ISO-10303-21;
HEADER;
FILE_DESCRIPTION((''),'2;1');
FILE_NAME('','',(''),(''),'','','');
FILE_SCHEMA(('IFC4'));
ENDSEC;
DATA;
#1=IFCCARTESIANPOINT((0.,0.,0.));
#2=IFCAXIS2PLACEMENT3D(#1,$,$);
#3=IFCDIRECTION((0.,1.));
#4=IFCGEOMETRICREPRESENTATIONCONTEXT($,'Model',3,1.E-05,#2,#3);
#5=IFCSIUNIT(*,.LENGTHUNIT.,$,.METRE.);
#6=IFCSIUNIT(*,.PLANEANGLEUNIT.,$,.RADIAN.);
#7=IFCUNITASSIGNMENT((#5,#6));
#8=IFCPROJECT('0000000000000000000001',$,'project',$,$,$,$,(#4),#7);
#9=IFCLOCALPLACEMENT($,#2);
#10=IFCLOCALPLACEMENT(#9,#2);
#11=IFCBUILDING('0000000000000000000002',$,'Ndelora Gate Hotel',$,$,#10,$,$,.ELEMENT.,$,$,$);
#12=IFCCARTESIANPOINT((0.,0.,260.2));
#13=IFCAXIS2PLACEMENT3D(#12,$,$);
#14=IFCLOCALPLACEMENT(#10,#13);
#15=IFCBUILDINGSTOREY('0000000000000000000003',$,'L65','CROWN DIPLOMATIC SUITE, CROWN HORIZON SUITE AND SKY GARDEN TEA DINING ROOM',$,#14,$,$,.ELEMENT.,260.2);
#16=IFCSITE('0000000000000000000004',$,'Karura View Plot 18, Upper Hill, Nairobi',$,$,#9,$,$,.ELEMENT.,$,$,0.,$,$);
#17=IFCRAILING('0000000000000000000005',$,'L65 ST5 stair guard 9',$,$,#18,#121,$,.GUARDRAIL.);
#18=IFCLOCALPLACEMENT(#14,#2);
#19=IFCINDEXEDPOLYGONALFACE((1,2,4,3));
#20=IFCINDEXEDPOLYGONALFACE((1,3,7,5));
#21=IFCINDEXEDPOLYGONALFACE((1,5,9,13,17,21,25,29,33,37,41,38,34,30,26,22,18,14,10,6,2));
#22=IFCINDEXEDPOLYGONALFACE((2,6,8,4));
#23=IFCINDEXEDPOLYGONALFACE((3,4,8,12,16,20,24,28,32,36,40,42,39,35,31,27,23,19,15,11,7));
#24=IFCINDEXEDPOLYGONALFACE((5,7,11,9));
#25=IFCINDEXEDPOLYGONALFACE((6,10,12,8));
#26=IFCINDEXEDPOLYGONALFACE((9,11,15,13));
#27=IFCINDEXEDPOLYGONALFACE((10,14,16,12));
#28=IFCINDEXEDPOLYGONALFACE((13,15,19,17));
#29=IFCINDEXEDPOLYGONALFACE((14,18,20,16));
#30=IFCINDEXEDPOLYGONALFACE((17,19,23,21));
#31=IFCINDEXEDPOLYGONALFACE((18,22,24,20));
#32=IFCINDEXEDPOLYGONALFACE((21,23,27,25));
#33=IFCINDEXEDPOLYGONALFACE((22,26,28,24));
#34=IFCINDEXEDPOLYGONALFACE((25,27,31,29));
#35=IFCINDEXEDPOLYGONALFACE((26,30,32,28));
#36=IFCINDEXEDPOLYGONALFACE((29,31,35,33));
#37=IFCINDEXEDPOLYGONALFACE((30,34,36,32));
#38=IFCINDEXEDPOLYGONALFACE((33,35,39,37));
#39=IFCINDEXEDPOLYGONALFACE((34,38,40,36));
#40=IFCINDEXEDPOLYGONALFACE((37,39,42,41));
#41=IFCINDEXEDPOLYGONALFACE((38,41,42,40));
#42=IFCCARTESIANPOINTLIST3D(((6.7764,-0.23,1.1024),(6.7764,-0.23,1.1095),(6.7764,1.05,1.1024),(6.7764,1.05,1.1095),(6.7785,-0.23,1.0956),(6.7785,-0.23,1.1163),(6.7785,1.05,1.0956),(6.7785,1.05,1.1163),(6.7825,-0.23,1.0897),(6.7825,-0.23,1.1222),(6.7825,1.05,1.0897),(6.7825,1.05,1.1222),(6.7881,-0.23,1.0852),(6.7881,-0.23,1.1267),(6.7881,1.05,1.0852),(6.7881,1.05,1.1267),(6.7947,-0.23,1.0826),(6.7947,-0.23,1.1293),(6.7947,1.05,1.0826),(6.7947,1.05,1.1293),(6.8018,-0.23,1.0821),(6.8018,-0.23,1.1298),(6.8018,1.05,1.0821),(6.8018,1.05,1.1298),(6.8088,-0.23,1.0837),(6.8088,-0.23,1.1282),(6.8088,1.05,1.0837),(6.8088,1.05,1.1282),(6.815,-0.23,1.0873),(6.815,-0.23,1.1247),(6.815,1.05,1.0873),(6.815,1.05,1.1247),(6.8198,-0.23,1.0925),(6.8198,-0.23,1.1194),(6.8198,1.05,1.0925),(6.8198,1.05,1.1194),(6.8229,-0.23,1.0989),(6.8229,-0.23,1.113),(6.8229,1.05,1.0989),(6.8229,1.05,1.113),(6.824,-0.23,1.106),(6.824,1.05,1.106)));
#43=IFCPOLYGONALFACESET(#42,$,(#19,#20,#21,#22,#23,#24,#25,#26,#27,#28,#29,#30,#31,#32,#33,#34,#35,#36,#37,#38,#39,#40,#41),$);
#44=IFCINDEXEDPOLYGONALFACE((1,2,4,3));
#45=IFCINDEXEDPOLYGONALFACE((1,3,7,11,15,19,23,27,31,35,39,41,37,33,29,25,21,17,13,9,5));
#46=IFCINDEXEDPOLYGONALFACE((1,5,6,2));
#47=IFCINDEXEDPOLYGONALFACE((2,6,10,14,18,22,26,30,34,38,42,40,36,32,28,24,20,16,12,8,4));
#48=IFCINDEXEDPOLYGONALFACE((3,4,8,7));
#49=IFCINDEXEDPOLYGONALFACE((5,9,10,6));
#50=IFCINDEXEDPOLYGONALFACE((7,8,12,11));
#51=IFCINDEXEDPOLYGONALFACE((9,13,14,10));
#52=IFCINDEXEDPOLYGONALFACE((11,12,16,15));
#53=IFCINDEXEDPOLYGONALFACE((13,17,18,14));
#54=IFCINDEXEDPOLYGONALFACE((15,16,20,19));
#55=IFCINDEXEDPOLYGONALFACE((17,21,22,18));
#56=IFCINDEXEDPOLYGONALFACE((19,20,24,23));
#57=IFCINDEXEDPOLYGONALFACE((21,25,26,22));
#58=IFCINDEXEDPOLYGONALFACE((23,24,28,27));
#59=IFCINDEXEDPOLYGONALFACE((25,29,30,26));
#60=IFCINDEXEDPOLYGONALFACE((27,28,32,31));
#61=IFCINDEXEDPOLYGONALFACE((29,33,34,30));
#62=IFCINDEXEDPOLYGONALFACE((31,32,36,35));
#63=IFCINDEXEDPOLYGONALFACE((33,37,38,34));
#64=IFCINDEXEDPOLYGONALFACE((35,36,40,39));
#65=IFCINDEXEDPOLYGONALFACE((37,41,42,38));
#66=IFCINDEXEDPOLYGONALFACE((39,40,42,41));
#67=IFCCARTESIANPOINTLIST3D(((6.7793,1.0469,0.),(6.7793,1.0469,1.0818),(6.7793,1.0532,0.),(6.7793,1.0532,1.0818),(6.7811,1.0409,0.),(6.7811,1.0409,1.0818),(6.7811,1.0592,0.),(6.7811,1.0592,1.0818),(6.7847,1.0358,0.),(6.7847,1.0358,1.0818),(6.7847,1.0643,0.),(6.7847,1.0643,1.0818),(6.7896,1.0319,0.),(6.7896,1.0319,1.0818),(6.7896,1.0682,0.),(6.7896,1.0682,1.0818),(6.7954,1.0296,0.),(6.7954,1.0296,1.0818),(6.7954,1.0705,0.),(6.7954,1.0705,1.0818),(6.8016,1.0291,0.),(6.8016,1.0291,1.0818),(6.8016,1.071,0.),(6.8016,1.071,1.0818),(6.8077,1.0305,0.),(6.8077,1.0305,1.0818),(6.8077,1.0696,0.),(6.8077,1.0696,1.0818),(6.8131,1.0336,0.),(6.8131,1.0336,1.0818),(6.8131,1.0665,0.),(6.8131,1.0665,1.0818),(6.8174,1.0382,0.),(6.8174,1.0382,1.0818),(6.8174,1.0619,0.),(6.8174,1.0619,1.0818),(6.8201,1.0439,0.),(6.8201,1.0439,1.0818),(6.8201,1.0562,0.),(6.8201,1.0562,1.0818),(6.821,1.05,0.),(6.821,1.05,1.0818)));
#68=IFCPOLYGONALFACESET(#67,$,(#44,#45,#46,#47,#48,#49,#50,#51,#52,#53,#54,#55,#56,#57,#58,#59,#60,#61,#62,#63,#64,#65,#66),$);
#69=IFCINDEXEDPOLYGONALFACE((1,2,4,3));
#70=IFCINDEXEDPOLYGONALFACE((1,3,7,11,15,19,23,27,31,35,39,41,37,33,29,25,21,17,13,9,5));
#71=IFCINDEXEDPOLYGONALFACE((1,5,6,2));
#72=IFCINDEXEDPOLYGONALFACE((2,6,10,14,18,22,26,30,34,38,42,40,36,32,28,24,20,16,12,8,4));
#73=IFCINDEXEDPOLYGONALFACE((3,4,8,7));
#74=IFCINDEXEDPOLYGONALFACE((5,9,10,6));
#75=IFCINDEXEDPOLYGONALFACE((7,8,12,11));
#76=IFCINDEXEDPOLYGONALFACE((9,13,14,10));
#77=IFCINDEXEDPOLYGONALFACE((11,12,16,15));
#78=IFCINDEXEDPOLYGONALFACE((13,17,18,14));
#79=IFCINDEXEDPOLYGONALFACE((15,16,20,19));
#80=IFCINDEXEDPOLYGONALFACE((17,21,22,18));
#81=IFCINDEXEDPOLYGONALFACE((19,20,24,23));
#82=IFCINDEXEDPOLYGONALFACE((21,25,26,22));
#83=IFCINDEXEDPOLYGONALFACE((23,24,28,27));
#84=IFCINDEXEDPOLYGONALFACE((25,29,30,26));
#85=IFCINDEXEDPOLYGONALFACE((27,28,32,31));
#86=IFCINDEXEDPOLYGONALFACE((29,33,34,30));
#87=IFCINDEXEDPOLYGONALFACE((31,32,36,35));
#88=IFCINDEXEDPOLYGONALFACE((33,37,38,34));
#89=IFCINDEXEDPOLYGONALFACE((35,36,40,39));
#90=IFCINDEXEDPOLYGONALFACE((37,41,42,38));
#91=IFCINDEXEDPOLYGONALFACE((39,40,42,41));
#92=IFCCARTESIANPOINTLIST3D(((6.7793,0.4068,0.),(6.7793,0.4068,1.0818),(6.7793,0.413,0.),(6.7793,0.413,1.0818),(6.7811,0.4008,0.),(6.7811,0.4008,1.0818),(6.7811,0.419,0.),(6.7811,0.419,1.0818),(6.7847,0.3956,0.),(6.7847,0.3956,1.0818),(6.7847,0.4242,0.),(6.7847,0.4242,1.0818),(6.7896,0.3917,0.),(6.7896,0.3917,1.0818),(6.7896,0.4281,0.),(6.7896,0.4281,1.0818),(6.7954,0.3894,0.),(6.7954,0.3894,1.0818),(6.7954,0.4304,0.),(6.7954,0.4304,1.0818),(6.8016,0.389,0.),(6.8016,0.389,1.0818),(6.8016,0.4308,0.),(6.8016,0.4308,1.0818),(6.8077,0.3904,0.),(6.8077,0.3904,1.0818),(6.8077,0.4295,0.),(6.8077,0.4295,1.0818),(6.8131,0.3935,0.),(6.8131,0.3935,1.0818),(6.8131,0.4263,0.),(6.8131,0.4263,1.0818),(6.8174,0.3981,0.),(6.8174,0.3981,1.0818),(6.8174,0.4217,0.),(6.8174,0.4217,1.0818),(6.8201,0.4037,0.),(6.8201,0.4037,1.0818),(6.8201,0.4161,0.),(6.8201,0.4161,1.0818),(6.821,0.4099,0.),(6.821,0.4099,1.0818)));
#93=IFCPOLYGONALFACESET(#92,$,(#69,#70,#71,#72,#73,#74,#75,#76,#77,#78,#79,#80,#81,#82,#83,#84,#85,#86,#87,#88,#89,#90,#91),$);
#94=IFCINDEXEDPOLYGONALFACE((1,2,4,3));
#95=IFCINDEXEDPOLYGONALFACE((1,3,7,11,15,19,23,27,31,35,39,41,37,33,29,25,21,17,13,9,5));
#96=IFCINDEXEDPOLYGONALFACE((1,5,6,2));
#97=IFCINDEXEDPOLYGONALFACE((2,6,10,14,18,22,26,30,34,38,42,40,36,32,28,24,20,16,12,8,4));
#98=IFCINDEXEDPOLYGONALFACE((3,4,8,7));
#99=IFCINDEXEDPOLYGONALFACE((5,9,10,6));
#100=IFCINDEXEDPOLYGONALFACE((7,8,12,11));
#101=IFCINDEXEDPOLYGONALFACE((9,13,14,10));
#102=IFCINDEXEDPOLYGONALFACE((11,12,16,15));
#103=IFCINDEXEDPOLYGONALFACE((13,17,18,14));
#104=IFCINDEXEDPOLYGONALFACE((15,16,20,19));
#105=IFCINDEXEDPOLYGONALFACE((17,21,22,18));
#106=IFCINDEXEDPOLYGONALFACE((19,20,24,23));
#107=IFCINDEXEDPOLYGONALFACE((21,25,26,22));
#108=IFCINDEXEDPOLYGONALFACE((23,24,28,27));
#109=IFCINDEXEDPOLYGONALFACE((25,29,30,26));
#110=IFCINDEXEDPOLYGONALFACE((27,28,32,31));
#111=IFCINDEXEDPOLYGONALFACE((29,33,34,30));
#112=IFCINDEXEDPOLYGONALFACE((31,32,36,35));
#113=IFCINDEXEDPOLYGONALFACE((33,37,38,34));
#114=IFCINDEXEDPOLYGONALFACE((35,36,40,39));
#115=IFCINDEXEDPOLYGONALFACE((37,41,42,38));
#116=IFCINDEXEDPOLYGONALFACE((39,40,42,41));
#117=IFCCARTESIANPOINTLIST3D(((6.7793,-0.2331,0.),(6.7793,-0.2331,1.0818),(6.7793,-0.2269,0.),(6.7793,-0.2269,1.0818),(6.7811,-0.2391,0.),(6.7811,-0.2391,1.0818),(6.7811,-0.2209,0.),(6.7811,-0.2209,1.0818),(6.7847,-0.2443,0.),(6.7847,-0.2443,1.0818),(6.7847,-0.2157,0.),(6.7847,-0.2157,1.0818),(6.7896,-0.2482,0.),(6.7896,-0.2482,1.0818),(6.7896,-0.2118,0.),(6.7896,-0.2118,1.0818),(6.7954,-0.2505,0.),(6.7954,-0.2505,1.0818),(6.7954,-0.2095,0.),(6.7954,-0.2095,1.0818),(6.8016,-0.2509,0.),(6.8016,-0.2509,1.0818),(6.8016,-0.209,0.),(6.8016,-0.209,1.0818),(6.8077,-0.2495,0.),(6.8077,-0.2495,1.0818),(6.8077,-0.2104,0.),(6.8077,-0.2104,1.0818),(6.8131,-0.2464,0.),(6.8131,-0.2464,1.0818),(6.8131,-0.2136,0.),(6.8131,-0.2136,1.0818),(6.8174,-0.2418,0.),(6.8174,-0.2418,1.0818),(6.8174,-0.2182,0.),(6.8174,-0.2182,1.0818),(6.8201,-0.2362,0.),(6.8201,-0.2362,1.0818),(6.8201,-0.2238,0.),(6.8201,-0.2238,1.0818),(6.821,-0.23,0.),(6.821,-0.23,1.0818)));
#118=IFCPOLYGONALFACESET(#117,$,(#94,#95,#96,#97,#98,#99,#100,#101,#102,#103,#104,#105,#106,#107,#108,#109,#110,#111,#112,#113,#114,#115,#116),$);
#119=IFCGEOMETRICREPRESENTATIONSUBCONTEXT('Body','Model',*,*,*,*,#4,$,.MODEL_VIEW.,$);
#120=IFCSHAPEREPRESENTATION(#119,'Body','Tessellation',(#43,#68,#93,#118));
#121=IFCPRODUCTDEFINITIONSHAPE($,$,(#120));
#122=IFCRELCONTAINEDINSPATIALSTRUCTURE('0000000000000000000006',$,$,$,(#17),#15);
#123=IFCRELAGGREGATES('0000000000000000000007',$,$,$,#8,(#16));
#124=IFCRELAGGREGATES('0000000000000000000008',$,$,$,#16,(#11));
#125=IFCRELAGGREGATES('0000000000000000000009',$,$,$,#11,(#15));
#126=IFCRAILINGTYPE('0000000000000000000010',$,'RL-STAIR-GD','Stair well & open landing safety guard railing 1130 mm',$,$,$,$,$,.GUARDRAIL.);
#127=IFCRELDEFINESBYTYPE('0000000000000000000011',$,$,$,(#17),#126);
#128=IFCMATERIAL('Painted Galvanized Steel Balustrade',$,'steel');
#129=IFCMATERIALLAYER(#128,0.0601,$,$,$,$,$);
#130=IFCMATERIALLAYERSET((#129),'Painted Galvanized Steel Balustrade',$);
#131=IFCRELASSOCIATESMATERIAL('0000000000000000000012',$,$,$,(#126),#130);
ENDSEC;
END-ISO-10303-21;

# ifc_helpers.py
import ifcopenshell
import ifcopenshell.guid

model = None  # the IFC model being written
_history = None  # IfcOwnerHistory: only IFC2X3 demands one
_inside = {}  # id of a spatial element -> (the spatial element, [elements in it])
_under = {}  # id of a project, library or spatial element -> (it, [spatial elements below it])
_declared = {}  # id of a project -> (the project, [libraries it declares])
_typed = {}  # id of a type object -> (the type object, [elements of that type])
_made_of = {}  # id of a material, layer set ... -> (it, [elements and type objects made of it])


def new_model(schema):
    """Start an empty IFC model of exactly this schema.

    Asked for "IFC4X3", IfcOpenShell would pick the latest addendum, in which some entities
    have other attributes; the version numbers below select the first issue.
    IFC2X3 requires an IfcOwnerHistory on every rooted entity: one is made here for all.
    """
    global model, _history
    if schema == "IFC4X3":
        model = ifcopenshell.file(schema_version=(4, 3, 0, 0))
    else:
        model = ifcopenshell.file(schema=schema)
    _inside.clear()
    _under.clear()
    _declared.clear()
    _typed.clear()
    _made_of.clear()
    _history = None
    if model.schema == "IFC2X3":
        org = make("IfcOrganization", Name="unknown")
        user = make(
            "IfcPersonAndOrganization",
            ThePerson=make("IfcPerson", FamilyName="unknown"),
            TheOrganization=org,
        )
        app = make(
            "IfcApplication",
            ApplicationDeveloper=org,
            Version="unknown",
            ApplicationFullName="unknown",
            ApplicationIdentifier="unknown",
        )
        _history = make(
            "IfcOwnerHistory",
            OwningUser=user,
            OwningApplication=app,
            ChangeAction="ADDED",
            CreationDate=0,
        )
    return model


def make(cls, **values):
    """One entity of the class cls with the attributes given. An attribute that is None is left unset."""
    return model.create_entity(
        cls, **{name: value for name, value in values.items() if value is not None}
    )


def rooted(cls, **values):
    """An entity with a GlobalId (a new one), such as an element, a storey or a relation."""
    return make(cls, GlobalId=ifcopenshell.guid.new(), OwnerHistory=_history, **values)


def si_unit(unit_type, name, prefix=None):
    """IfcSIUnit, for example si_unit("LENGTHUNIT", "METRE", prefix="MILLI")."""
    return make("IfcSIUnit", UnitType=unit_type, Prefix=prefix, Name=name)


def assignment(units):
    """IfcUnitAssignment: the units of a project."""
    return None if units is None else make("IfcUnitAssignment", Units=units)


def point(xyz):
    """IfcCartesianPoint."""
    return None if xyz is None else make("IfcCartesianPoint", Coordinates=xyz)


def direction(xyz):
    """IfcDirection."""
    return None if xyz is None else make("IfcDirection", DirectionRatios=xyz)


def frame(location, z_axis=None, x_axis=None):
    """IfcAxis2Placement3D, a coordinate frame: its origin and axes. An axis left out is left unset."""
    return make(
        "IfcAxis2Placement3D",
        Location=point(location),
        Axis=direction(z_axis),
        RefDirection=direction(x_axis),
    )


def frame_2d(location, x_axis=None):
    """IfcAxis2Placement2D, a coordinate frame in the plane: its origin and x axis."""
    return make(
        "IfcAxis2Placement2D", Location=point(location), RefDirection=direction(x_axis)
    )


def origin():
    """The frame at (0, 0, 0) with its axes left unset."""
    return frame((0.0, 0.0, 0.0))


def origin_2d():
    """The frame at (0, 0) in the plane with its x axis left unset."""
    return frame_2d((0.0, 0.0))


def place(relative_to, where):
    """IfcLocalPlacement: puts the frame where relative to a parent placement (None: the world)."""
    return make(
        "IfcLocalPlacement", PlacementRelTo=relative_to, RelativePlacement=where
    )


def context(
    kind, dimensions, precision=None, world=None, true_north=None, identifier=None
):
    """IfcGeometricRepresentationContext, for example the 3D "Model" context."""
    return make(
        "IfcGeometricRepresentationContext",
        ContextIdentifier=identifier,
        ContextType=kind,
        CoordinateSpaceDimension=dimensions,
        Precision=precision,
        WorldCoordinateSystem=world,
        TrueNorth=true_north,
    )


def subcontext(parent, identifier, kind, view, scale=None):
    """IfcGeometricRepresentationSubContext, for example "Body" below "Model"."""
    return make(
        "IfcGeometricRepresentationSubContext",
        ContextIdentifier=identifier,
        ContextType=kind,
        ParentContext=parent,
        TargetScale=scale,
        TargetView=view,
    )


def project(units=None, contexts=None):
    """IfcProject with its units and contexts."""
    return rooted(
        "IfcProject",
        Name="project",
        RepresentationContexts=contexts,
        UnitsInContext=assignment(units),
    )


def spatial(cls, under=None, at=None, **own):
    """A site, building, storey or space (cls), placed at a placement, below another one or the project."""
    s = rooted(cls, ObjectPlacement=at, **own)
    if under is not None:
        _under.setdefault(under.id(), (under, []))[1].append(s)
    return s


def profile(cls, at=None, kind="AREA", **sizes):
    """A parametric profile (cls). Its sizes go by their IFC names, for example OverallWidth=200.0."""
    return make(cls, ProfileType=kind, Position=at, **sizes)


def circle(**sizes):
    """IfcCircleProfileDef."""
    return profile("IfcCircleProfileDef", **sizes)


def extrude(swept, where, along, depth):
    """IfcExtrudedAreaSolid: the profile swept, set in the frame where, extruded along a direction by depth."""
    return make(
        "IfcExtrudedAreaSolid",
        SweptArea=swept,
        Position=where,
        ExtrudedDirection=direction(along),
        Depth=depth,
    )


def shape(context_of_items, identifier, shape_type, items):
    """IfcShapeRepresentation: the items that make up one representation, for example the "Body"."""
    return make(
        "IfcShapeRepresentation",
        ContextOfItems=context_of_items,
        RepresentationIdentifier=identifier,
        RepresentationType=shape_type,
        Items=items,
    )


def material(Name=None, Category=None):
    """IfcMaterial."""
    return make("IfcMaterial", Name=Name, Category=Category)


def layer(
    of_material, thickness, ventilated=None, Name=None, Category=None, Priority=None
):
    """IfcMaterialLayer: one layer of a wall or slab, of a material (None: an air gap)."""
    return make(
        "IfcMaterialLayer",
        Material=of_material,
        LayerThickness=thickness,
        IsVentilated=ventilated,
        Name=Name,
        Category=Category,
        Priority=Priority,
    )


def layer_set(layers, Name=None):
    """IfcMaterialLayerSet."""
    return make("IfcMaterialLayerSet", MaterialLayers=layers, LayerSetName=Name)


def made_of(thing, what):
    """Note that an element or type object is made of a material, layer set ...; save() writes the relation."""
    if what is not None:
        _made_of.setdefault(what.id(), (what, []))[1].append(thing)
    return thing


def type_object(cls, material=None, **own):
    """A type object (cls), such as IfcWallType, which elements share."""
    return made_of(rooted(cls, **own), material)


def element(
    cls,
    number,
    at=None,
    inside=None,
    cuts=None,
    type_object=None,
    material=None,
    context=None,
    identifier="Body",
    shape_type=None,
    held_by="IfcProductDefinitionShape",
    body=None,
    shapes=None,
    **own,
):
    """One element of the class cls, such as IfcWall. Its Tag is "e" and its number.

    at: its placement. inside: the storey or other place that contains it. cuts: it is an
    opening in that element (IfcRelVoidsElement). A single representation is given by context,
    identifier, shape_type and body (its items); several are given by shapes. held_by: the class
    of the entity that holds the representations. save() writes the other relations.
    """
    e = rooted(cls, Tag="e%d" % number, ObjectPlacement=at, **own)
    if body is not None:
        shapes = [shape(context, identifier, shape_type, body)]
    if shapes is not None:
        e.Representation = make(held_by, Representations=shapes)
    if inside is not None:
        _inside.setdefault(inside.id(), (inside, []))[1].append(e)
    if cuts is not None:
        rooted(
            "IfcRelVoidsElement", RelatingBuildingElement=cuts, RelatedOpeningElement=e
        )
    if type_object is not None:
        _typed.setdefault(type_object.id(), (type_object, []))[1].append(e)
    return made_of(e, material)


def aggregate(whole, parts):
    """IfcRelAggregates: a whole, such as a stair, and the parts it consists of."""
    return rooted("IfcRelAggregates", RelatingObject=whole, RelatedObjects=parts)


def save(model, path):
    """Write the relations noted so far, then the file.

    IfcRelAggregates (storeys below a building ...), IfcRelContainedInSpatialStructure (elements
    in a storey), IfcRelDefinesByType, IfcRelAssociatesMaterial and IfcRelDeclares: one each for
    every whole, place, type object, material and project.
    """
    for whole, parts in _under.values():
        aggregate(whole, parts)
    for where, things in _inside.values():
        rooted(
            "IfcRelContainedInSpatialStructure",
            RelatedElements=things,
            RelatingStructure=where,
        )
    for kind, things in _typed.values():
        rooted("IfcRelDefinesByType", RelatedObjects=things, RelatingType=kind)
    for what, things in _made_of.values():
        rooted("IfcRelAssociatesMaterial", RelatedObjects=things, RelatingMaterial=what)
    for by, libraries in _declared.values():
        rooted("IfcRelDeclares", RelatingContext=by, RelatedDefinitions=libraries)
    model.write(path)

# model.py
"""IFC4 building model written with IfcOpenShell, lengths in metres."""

from ifc_helpers import new_model, si_unit, direction, frame, origin, origin_2d, place, context, subcontext, project, spatial, circle, extrude, material, layer, layer_set, type_object, element, save


model = new_model("IFC4")

# Units and contexts
model_context = context("Model", 3, precision=1e-05, world=origin(), true_north=direction((0.0, 1.0)))
body_context = subcontext(model_context, "Body", "Model", "MODEL_VIEW")
ifc_project = project(units=[si_unit("LENGTHUNIT", "METRE"), si_unit("PLANEANGLEUNIT", "RADIAN")], contexts=[model_context])

# Site, building, storey
site_placement = place(None, origin())
site = spatial("IfcSite", under=ifc_project, at=site_placement, Name="Karura View Plot 18, Upper Hill, Nairobi", CompositionType="ELEMENT", RefElevation=0.0)
building_placement = place(site_placement, origin())
building = spatial("IfcBuilding", under=site, at=building_placement, Name="Ndelora Gate Hotel", CompositionType="ELEMENT")
storey_placement = place(building_placement, frame((0.0, 0.0, 260.2)))
storey = spatial("IfcBuildingStorey", under=building, at=storey_placement, Name="L65", Description="CROWN DIPLOMATIC SUITE, CROWN HORIZON SUITE AND SKY GARDEN TEA DINING ROOM", CompositionType="ELEMENT", Elevation=260.2)

# Railing
ifc_material_1 = material(Name="Painted Galvanized Steel Balustrade", Category="steel")
ifc_layer_1 = layer(ifc_material_1, 0.0601)
ifc_layer_set_1 = layer_set([ifc_layer_1], Name="Painted Galvanized Steel Balustrade")
railing_type = type_object("IfcRailingType", Name="RL-STAIR-GD", Description="Stair well & open landing safety guard railing 1130 mm", PredefinedType="GUARDRAIL", material=ifc_layer_set_1)
railing_1_placement = place(storey_placement, frame((6.8, 1.05, 0.0)))
element("IfcRailing", 1, at=railing_1_placement, inside=storey, type_object=railing_type, Name="L65 ST5 stair guard 9", PredefinedType="GUARDRAIL", context=body_context, shape_type="SweptSolid", body=[
    extrude(circle(Radius=0.0239, at=origin_2d()), frame((0.0, 0.0, 1.106), z_axis=(0.0, -1.0, 0.0), x_axis=(1.0, 0.0, 0.0)), (0.0, 0.0, 1.0), 1.28),
    extrude(circle(Radius=0.021, at=origin_2d()), origin(), (0.0, 0.0, 1.0), 1.0818),
    extrude(circle(Radius=0.021, at=origin_2d()), frame((0.0, -0.6401, 0.0)), (0.0, 0.0, 1.0), 1.0818),
    extrude(circle(Radius=0.021, at=origin_2d()), frame((0.0, -1.28, 0.0)), (0.0, 0.0, 1.0), 1.0818),
])

save(model, "model.ifc")
